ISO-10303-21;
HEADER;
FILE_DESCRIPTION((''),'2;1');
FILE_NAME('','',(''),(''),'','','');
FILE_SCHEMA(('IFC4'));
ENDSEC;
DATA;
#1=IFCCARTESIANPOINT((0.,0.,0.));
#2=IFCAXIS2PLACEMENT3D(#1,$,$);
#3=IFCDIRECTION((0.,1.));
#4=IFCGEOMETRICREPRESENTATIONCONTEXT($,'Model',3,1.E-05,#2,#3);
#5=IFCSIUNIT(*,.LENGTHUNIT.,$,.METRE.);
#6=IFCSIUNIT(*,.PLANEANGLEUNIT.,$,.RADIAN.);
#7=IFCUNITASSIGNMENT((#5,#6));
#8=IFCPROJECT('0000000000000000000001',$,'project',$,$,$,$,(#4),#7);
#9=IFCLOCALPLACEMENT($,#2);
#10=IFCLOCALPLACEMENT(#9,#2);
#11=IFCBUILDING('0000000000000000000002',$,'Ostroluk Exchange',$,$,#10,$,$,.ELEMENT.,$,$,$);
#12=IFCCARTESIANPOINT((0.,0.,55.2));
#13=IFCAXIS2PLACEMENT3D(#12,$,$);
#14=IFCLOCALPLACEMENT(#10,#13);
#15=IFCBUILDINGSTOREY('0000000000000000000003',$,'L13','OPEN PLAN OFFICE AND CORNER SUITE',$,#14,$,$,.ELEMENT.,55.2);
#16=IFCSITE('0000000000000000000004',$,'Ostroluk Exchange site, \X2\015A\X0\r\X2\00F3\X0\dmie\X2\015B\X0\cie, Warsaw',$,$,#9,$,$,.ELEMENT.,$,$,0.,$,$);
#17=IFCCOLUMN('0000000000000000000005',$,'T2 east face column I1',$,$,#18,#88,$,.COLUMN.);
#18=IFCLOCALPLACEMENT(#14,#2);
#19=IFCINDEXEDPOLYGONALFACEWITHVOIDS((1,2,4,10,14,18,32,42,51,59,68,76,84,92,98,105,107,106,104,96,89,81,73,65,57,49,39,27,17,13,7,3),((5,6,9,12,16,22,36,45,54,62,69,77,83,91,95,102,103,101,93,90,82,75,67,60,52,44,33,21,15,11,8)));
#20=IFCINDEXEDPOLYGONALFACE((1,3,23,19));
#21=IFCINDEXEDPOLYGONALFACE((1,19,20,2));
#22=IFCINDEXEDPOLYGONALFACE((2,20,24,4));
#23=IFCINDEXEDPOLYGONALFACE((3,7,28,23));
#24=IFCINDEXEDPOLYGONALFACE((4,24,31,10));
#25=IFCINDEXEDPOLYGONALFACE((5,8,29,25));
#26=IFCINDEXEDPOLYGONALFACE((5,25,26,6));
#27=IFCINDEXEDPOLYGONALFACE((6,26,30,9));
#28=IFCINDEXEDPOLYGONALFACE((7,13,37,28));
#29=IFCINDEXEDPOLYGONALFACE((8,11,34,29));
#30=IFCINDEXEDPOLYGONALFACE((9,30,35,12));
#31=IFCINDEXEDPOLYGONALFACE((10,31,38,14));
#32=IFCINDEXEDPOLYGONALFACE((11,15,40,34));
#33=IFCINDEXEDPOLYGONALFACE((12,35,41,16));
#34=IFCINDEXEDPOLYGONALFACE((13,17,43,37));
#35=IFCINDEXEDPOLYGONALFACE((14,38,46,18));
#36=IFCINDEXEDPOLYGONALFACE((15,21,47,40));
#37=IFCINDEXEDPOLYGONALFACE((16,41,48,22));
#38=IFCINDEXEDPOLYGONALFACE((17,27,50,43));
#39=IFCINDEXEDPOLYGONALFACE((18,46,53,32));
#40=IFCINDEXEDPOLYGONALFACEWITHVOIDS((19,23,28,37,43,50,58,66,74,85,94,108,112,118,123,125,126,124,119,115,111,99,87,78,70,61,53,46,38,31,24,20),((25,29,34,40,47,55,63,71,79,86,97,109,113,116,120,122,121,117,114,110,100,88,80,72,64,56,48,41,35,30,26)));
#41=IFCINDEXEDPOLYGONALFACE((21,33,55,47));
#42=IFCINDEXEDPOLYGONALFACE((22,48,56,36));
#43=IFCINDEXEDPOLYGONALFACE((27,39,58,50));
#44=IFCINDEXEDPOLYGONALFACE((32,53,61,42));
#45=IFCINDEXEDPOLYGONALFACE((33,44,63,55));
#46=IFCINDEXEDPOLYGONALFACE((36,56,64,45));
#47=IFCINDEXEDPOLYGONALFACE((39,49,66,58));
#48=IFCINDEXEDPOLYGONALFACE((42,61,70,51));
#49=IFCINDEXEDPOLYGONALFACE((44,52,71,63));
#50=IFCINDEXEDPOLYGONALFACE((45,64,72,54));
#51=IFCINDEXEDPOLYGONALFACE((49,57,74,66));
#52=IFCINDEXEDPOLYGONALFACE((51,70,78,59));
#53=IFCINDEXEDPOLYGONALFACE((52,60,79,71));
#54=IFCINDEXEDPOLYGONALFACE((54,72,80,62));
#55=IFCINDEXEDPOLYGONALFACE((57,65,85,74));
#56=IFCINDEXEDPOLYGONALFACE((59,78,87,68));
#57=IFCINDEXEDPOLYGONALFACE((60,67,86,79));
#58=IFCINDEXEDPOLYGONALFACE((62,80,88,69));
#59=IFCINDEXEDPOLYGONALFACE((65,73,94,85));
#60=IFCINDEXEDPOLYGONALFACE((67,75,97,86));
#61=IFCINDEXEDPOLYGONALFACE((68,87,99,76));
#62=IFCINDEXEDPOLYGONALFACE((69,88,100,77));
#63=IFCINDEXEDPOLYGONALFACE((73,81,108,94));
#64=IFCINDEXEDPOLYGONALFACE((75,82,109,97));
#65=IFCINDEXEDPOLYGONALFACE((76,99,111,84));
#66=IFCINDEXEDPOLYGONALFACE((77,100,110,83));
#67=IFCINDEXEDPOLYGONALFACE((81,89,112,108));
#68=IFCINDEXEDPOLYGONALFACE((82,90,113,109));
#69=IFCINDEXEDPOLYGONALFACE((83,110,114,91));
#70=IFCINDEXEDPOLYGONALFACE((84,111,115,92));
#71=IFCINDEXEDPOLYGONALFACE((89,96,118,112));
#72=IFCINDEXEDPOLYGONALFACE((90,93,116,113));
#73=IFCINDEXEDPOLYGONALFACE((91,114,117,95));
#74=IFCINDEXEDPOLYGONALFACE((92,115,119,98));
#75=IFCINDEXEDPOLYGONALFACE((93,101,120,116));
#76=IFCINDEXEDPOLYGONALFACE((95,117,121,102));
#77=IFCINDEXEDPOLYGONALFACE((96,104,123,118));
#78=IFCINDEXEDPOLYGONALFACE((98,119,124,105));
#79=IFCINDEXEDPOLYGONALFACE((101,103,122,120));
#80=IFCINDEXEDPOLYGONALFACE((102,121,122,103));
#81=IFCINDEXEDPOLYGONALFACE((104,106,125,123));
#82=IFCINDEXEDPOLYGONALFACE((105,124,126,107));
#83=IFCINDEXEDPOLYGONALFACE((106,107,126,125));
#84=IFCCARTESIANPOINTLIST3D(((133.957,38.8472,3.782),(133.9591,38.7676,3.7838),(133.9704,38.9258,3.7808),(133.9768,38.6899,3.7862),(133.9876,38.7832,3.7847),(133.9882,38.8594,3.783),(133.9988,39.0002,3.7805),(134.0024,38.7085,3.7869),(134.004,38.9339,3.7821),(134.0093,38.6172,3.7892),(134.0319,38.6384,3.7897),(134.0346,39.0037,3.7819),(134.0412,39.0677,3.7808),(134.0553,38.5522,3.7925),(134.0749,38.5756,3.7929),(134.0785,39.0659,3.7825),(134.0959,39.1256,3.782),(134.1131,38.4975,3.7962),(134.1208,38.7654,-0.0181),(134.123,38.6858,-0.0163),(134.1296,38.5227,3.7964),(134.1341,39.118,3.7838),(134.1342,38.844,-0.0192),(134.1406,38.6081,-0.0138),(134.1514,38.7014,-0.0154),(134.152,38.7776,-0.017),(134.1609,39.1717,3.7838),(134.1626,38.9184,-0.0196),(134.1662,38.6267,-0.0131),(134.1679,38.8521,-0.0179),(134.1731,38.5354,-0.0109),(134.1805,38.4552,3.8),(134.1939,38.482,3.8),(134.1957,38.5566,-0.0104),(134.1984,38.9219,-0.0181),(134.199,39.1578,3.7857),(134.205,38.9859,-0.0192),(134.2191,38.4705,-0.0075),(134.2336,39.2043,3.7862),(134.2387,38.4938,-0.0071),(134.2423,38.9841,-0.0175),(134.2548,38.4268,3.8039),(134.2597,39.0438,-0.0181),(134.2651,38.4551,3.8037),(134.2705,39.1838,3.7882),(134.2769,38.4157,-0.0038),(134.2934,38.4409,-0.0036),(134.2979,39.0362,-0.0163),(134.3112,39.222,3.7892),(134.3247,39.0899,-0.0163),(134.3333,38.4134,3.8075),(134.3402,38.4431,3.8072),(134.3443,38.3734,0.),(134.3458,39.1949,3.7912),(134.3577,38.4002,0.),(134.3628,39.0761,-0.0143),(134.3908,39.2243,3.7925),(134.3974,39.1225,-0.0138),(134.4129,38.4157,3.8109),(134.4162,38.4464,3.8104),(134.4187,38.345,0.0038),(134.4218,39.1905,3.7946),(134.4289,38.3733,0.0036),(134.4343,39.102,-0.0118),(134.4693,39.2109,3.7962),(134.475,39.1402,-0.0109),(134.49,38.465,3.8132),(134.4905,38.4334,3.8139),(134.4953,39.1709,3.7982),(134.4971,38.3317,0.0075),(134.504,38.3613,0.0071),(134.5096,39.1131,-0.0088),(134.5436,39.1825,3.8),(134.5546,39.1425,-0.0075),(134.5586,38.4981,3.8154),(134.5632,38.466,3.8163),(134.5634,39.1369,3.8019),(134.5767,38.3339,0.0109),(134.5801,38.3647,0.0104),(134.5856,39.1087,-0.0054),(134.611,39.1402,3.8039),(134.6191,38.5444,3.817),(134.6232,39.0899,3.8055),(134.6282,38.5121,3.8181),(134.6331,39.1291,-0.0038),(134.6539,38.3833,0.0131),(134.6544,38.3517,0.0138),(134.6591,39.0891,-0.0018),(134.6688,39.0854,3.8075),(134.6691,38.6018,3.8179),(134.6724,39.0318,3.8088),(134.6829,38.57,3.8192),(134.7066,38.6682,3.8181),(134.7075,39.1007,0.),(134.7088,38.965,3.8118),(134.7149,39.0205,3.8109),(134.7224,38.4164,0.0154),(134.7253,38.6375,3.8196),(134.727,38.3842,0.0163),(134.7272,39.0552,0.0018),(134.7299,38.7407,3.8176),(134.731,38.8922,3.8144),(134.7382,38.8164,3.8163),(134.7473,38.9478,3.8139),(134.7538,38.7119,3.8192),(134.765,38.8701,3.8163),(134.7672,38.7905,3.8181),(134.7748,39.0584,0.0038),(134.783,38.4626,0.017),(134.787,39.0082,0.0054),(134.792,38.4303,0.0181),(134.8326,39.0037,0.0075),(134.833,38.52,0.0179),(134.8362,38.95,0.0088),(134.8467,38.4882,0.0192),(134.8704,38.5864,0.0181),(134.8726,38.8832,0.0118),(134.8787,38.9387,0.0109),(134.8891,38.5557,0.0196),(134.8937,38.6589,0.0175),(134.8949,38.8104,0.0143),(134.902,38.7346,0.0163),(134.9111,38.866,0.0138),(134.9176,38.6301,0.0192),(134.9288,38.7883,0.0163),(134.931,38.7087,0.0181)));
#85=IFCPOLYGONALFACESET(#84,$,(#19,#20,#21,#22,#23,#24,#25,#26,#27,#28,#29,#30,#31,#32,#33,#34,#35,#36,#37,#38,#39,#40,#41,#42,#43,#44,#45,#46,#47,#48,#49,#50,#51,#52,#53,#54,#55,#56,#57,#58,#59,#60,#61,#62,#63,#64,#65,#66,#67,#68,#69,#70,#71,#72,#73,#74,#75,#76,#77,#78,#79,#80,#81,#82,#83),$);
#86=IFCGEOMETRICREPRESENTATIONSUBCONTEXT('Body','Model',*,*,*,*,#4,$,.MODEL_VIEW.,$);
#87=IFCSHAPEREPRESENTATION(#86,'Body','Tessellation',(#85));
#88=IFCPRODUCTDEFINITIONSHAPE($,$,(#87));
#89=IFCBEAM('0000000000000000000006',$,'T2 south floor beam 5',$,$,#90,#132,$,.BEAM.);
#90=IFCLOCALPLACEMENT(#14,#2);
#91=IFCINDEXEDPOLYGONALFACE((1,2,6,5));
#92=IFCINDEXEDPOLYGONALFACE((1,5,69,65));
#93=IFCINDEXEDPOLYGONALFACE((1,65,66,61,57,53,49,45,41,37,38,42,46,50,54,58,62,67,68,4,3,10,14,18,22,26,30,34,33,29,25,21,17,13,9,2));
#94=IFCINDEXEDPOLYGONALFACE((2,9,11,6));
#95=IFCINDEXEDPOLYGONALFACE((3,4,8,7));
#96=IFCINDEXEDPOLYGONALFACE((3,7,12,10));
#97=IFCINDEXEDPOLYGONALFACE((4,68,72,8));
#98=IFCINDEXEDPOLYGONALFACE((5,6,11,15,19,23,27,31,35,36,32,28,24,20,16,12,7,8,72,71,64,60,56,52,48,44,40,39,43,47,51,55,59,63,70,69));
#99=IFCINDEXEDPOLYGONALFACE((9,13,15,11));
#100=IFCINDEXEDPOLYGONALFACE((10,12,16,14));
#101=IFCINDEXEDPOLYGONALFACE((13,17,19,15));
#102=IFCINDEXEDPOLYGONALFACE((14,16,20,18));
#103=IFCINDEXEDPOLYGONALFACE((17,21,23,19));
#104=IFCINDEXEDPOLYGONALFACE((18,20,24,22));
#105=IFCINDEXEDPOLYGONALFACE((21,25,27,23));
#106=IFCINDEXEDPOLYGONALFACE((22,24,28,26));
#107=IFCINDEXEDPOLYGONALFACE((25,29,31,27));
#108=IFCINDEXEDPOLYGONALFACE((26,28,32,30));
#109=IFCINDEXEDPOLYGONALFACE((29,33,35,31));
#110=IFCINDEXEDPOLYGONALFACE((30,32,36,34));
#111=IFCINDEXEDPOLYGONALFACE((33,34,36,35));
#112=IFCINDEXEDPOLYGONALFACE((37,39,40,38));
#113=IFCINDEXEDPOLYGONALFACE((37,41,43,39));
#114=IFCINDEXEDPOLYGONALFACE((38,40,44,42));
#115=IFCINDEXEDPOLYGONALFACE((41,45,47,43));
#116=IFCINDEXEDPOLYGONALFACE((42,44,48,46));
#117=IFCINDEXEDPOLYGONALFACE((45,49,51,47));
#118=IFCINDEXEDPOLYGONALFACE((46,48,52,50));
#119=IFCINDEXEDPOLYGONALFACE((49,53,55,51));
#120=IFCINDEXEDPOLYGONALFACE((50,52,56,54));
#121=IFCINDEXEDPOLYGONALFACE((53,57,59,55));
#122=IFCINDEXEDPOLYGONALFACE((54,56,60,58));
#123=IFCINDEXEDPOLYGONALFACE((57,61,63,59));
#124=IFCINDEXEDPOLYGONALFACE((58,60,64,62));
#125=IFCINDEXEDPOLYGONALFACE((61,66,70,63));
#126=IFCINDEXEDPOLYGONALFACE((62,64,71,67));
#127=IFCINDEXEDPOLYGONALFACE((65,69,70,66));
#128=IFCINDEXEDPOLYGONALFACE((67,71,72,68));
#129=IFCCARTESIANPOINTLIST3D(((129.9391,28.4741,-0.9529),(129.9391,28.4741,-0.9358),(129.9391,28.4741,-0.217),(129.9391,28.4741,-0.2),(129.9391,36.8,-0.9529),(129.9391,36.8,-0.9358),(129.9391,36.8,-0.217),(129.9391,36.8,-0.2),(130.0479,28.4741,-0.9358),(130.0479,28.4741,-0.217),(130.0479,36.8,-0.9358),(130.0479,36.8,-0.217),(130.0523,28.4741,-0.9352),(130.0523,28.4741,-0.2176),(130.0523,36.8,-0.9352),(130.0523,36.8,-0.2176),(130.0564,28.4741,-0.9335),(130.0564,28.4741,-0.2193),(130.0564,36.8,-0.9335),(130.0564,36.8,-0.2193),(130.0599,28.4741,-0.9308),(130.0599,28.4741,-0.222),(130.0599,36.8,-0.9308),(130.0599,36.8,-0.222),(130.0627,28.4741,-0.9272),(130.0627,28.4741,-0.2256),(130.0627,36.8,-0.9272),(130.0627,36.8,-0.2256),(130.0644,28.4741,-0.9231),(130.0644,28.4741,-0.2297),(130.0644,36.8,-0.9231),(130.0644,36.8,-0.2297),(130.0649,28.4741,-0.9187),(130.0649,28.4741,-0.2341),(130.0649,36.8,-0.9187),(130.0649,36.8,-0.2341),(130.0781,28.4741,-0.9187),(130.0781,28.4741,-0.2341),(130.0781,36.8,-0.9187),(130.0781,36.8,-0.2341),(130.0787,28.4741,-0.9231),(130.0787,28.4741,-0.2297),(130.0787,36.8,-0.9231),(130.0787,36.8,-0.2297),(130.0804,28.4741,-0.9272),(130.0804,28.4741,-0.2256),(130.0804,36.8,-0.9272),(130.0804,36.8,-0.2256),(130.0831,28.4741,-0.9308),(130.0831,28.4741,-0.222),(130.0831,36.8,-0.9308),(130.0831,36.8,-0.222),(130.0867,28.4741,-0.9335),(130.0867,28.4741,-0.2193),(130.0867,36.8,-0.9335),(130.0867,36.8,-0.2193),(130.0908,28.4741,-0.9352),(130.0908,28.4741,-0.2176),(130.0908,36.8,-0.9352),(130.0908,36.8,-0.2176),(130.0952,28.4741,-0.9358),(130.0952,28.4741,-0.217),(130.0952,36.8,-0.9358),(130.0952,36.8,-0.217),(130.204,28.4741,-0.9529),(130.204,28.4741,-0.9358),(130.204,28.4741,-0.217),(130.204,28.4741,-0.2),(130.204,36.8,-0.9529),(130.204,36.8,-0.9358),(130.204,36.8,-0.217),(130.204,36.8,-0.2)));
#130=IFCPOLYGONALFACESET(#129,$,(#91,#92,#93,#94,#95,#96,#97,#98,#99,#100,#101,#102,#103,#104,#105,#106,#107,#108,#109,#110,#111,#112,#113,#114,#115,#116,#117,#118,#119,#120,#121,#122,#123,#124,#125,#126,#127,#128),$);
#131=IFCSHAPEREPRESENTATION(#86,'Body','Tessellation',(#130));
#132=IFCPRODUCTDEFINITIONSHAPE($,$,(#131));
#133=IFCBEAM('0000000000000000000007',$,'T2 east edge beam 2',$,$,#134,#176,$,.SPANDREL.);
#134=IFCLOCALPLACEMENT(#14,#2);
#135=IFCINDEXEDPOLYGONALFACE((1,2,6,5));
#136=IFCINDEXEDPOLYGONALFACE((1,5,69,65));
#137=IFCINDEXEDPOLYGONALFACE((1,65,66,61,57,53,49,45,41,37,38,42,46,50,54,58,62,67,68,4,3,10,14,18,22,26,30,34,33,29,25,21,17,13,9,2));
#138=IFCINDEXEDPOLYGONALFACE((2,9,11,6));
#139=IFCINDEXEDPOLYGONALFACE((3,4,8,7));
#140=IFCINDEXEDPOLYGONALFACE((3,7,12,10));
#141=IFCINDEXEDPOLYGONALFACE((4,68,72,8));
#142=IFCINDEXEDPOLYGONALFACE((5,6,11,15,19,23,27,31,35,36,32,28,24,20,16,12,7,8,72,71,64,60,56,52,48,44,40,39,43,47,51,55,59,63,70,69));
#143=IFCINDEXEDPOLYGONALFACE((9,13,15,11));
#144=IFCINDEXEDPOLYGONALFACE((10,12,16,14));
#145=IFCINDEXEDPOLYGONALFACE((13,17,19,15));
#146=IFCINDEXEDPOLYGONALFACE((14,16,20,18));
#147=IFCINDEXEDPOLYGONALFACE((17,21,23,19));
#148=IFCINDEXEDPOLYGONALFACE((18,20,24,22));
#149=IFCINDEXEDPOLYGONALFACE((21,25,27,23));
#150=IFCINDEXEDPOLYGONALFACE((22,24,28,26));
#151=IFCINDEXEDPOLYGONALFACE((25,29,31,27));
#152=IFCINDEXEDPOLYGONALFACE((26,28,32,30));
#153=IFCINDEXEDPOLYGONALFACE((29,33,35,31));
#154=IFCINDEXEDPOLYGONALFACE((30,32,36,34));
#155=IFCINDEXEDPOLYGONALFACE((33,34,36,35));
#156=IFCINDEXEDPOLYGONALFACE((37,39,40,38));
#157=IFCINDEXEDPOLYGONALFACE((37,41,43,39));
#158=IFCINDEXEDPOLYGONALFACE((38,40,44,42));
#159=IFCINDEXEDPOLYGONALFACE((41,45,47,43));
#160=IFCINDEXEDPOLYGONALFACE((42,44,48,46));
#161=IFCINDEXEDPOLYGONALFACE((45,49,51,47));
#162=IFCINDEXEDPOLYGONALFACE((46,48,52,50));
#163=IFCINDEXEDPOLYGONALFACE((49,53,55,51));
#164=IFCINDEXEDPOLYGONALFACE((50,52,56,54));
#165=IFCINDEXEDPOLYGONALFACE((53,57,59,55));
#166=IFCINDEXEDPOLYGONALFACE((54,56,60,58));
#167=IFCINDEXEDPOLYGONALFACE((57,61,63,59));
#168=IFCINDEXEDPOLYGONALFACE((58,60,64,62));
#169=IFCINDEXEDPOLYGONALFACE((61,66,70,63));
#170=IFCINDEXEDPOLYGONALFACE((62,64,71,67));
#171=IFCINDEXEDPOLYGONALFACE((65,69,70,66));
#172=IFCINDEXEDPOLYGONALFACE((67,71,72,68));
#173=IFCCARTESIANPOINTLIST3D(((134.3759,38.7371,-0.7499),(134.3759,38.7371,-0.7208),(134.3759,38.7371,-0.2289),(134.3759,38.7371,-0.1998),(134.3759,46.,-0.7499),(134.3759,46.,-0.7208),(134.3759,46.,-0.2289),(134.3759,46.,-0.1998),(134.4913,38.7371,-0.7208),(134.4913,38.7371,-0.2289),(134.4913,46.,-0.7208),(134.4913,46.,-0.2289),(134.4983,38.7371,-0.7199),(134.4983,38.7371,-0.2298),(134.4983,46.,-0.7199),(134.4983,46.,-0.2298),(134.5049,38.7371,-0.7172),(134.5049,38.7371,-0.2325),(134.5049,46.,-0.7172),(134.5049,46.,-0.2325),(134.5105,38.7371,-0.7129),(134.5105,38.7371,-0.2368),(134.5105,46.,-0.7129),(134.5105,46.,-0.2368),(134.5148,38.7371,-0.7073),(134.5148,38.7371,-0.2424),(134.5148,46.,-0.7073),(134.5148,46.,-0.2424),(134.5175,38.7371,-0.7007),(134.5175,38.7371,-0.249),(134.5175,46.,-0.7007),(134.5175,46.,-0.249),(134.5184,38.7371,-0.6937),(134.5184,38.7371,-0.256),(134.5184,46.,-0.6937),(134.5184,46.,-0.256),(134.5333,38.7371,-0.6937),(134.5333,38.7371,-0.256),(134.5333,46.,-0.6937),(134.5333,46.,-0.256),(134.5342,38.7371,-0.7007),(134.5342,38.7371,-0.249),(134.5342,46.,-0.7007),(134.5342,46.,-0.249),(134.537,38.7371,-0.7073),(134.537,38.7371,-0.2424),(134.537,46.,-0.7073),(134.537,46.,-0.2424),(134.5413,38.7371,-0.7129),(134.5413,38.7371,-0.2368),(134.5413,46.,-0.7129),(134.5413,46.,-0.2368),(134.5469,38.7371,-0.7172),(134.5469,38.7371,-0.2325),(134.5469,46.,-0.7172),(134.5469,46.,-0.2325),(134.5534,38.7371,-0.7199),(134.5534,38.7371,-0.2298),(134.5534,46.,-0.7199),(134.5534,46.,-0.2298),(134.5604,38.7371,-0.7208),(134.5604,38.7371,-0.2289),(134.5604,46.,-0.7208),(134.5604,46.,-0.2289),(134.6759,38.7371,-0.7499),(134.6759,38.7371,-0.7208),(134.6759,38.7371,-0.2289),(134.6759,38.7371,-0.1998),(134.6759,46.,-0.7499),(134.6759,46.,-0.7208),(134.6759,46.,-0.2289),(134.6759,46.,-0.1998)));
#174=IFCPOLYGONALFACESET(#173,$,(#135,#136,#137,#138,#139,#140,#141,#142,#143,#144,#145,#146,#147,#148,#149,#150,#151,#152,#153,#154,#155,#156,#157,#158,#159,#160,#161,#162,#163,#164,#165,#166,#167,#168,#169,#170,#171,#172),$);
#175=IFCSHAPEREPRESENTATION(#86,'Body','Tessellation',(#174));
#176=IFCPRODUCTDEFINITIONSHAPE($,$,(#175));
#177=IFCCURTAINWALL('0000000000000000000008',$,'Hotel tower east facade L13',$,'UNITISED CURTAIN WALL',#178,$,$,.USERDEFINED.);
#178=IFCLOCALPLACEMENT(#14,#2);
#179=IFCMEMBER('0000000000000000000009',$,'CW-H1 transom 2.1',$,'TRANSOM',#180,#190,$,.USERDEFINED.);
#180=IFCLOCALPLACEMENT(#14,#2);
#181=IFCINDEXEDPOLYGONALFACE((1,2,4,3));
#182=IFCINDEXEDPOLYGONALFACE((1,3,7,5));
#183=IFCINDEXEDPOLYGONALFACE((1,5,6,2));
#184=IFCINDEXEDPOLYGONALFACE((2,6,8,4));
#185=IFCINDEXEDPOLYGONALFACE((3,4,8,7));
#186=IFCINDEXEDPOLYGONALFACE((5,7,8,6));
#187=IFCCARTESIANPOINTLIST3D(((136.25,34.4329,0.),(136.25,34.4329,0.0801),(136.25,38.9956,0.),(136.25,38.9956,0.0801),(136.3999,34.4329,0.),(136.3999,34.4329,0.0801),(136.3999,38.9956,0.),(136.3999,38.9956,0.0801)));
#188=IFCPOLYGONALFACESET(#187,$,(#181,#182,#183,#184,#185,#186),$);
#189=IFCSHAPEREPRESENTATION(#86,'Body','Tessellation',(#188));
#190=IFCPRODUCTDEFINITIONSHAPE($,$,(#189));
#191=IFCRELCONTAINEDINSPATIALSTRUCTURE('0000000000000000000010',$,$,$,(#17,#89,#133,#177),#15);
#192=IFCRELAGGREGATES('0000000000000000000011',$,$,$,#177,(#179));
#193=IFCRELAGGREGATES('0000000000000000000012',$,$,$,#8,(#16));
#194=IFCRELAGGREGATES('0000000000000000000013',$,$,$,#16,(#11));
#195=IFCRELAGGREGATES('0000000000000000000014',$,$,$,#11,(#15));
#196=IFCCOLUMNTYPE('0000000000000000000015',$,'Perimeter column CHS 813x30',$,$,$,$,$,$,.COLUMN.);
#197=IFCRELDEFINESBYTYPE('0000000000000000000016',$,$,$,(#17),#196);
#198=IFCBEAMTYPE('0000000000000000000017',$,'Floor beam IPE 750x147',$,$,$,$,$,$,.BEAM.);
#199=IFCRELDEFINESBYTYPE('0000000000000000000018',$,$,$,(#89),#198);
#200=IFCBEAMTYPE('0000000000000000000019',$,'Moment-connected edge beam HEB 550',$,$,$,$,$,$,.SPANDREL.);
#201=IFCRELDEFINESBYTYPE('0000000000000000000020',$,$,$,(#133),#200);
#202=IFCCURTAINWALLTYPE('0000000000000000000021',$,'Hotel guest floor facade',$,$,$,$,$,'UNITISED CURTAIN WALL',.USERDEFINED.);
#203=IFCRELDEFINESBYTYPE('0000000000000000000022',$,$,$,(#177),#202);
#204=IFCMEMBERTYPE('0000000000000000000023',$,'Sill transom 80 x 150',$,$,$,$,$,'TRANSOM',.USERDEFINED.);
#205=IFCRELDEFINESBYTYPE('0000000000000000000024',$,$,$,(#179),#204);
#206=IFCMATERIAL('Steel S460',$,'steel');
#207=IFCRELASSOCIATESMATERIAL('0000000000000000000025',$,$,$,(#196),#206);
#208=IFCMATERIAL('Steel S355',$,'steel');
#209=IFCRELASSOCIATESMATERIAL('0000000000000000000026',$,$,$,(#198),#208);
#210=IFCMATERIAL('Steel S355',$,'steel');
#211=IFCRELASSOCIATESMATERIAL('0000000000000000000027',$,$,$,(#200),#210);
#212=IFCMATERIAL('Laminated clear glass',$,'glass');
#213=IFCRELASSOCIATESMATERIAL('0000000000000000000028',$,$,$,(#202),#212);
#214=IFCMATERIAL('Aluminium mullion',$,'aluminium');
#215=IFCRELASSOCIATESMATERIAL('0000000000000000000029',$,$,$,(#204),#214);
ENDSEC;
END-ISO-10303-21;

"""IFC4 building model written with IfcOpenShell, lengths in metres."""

from ifc_helpers import new_model, si_unit, direction, frame, origin, origin_2d, place, context, subcontext, project, spatial, rectangle, hollow_circle, i_section, extrude, material, material_profile, profile_set, type_object, element, aggregate, save


model = new_model("IFC4")

# Units and contexts
model_context = context("Model", 3, precision=1e-05, world=origin(), true_north=direction((0.0, 1.0)))
body_context = subcontext(model_context, "Body", "Model", "MODEL_VIEW")
ifc_project = project(units=[si_unit("LENGTHUNIT", "METRE"), si_unit("PLANEANGLEUNIT", "RADIAN")], contexts=[model_context])

# Site, building, storey
site_placement = place(None, origin())
site = spatial("IfcSite", under=ifc_project, at=site_placement, Name="Ostroluk Exchange site, Śródmieście, Warsaw", CompositionType="ELEMENT", RefElevation=0.0)
building_placement = place(site_placement, origin())
building = spatial("IfcBuilding", under=site, at=building_placement, Name="Ostroluk Exchange", CompositionType="ELEMENT")
storey_placement = place(building_placement, frame((0.0, 0.0, 55.2)))
storey = spatial("IfcBuildingStorey", under=building, at=storey_placement, Name="L13", Description="OPEN PLAN OFFICE AND CORNER SUITE", CompositionType="ELEMENT", Elevation=55.2)

# Column
ifc_material_1 = material(Name="Steel S460", Category="steel")
ifc_material_profile_1 = material_profile(ifc_material_1, hollow_circle(Radius=0.4065, WallThickness=0.03, at=origin_2d()), Name="CHS 813x30")
ifc_profile_set_1 = profile_set([ifc_material_profile_1], Name="Steel S460")
column_type = type_object("IfcColumnType", Name="Perimeter column CHS 813x30", PredefinedType="COLUMN", material=ifc_profile_set_1)
column_placement = place(storey_placement, frame((134.5259, 38.7371, 0.0), z_axis=(-0.04306, 0.021498, 0.998841), x_axis=(-0.44668, -0.894694, 0.0)))
element("IfcColumn", 1, at=column_placement, inside=storey, type_object=column_type, Name="T2 east face column I1", PredefinedType="COLUMN", context=body_context, shape_type="SweptSolid", body=[
    extrude(hollow_circle(Radius=0.4065, WallThickness=0.03, at=origin_2d()), origin(), (0.0, 0.0, 1.0), 3.8044),
])

# Beams
ifc_material_2 = material(Name="Steel S355", Category="steel")
ifc_material_profile_2 = material_profile(ifc_material_2, i_section(OverallWidth=0.2649, OverallDepth=0.7529, WebThickness=0.0132, FlangeThickness=0.0171, FilletRadius=0.0171, at=origin_2d()), Name="IPE 750x147")
ifc_profile_set_2 = profile_set([ifc_material_profile_2], Name="Steel S355")
beam_type_1 = type_object("IfcBeamType", Name="Floor beam IPE 750x147", PredefinedType="BEAM", material=ifc_profile_set_2)
beam_1_placement = place(storey_placement, frame((130.0715, 36.8, -0.5764), z_axis=(0.0, -1.0, 0.0), x_axis=(1.0, 0.0, 0.0)))
element("IfcBeam", 2, at=beam_1_placement, inside=storey, type_object=beam_type_1, Name="T2 south floor beam 5", PredefinedType="BEAM", context=body_context, shape_type="SweptSolid", body=[
    extrude(i_section(OverallWidth=0.2649, OverallDepth=0.7529, WebThickness=0.0132, FlangeThickness=0.0171, FilletRadius=0.0171, at=origin_2d()), origin(), (0.0, 0.0, 1.0), 8.3259),
])
ifc_material_3 = material(Name="Steel S355", Category="steel")
ifc_material_profile_3 = material_profile(ifc_material_3, i_section(OverallWidth=0.3, OverallDepth=0.55, WebThickness=0.0149, FlangeThickness=0.0291, FilletRadius=0.0271, at=origin_2d()), Name="HEB 550")
ifc_profile_set_3 = profile_set([ifc_material_profile_3], Name="Steel S355")
beam_type_2 = type_object("IfcBeamType", Name="Moment-connected edge beam HEB 550", PredefinedType="SPANDREL", material=ifc_profile_set_3)
beam_2_placement = place(storey_placement, frame((134.5259, 38.7371, -0.4749), z_axis=(0.0, 1.0, 0.0), x_axis=(-1.0, 0.0, 0.0)))
element("IfcBeam", 3, at=beam_2_placement, inside=storey, type_object=beam_type_2, Name="T2 east edge beam 2", PredefinedType="SPANDREL", context=body_context, shape_type="SweptSolid", body=[
    extrude(i_section(OverallWidth=0.3, OverallDepth=0.55, WebThickness=0.0149, FlangeThickness=0.0291, FilletRadius=0.0271, at=origin_2d()), origin(), (0.0, 0.0, 1.0), 7.2629),
])

# Curtain wall, member
ifc_material_4 = material(Name="Laminated clear glass", Category="glass")
curtain_wall_type = type_object("IfcCurtainWallType", Name="Hotel guest floor facade", ElementType="UNITISED CURTAIN WALL", PredefinedType="USERDEFINED", material=ifc_material_4)
curtain_wall_placement = place(storey_placement, origin())
curtain_wall = element("IfcCurtainWall", 4, at=curtain_wall_placement, inside=storey, type_object=curtain_wall_type, Name="Hotel tower east facade L13", ObjectType="UNITISED CURTAIN WALL", PredefinedType="USERDEFINED")
ifc_material_5 = material(Name="Aluminium mullion", Category="aluminium")
ifc_material_profile_4 = material_profile(ifc_material_5, rectangle(XDim=0.1499, YDim=0.0801, at=origin_2d()), Name="Sill transom 80 x 150")
ifc_profile_set_4 = profile_set([ifc_material_profile_4], Name="Aluminium mullion")
member_type_1 = type_object("IfcMemberType", Name="Sill transom 80 x 150", ElementType="TRANSOM", PredefinedType="USERDEFINED", material=ifc_profile_set_4)
member_1_placement = place(storey_placement, frame((136.325, 34.4329, 0.04), z_axis=(0.0, 1.0, 0.0), x_axis=(-1.0, 0.0, 0.0)))
member_1 = element("IfcMember", 5, at=member_1_placement, type_object=member_type_1, Name="CW-H1 transom 2.1", ObjectType="TRANSOM", PredefinedType="USERDEFINED", context=body_context, shape_type="SweptSolid", body=[
    extrude(rectangle(XDim=0.1499, YDim=0.0801, at=origin_2d()), origin(), (0.0, 0.0, 1.0), 4.5627),
])
aggregate(curtain_wall, [member_1])

save(model, "model.ifc")
